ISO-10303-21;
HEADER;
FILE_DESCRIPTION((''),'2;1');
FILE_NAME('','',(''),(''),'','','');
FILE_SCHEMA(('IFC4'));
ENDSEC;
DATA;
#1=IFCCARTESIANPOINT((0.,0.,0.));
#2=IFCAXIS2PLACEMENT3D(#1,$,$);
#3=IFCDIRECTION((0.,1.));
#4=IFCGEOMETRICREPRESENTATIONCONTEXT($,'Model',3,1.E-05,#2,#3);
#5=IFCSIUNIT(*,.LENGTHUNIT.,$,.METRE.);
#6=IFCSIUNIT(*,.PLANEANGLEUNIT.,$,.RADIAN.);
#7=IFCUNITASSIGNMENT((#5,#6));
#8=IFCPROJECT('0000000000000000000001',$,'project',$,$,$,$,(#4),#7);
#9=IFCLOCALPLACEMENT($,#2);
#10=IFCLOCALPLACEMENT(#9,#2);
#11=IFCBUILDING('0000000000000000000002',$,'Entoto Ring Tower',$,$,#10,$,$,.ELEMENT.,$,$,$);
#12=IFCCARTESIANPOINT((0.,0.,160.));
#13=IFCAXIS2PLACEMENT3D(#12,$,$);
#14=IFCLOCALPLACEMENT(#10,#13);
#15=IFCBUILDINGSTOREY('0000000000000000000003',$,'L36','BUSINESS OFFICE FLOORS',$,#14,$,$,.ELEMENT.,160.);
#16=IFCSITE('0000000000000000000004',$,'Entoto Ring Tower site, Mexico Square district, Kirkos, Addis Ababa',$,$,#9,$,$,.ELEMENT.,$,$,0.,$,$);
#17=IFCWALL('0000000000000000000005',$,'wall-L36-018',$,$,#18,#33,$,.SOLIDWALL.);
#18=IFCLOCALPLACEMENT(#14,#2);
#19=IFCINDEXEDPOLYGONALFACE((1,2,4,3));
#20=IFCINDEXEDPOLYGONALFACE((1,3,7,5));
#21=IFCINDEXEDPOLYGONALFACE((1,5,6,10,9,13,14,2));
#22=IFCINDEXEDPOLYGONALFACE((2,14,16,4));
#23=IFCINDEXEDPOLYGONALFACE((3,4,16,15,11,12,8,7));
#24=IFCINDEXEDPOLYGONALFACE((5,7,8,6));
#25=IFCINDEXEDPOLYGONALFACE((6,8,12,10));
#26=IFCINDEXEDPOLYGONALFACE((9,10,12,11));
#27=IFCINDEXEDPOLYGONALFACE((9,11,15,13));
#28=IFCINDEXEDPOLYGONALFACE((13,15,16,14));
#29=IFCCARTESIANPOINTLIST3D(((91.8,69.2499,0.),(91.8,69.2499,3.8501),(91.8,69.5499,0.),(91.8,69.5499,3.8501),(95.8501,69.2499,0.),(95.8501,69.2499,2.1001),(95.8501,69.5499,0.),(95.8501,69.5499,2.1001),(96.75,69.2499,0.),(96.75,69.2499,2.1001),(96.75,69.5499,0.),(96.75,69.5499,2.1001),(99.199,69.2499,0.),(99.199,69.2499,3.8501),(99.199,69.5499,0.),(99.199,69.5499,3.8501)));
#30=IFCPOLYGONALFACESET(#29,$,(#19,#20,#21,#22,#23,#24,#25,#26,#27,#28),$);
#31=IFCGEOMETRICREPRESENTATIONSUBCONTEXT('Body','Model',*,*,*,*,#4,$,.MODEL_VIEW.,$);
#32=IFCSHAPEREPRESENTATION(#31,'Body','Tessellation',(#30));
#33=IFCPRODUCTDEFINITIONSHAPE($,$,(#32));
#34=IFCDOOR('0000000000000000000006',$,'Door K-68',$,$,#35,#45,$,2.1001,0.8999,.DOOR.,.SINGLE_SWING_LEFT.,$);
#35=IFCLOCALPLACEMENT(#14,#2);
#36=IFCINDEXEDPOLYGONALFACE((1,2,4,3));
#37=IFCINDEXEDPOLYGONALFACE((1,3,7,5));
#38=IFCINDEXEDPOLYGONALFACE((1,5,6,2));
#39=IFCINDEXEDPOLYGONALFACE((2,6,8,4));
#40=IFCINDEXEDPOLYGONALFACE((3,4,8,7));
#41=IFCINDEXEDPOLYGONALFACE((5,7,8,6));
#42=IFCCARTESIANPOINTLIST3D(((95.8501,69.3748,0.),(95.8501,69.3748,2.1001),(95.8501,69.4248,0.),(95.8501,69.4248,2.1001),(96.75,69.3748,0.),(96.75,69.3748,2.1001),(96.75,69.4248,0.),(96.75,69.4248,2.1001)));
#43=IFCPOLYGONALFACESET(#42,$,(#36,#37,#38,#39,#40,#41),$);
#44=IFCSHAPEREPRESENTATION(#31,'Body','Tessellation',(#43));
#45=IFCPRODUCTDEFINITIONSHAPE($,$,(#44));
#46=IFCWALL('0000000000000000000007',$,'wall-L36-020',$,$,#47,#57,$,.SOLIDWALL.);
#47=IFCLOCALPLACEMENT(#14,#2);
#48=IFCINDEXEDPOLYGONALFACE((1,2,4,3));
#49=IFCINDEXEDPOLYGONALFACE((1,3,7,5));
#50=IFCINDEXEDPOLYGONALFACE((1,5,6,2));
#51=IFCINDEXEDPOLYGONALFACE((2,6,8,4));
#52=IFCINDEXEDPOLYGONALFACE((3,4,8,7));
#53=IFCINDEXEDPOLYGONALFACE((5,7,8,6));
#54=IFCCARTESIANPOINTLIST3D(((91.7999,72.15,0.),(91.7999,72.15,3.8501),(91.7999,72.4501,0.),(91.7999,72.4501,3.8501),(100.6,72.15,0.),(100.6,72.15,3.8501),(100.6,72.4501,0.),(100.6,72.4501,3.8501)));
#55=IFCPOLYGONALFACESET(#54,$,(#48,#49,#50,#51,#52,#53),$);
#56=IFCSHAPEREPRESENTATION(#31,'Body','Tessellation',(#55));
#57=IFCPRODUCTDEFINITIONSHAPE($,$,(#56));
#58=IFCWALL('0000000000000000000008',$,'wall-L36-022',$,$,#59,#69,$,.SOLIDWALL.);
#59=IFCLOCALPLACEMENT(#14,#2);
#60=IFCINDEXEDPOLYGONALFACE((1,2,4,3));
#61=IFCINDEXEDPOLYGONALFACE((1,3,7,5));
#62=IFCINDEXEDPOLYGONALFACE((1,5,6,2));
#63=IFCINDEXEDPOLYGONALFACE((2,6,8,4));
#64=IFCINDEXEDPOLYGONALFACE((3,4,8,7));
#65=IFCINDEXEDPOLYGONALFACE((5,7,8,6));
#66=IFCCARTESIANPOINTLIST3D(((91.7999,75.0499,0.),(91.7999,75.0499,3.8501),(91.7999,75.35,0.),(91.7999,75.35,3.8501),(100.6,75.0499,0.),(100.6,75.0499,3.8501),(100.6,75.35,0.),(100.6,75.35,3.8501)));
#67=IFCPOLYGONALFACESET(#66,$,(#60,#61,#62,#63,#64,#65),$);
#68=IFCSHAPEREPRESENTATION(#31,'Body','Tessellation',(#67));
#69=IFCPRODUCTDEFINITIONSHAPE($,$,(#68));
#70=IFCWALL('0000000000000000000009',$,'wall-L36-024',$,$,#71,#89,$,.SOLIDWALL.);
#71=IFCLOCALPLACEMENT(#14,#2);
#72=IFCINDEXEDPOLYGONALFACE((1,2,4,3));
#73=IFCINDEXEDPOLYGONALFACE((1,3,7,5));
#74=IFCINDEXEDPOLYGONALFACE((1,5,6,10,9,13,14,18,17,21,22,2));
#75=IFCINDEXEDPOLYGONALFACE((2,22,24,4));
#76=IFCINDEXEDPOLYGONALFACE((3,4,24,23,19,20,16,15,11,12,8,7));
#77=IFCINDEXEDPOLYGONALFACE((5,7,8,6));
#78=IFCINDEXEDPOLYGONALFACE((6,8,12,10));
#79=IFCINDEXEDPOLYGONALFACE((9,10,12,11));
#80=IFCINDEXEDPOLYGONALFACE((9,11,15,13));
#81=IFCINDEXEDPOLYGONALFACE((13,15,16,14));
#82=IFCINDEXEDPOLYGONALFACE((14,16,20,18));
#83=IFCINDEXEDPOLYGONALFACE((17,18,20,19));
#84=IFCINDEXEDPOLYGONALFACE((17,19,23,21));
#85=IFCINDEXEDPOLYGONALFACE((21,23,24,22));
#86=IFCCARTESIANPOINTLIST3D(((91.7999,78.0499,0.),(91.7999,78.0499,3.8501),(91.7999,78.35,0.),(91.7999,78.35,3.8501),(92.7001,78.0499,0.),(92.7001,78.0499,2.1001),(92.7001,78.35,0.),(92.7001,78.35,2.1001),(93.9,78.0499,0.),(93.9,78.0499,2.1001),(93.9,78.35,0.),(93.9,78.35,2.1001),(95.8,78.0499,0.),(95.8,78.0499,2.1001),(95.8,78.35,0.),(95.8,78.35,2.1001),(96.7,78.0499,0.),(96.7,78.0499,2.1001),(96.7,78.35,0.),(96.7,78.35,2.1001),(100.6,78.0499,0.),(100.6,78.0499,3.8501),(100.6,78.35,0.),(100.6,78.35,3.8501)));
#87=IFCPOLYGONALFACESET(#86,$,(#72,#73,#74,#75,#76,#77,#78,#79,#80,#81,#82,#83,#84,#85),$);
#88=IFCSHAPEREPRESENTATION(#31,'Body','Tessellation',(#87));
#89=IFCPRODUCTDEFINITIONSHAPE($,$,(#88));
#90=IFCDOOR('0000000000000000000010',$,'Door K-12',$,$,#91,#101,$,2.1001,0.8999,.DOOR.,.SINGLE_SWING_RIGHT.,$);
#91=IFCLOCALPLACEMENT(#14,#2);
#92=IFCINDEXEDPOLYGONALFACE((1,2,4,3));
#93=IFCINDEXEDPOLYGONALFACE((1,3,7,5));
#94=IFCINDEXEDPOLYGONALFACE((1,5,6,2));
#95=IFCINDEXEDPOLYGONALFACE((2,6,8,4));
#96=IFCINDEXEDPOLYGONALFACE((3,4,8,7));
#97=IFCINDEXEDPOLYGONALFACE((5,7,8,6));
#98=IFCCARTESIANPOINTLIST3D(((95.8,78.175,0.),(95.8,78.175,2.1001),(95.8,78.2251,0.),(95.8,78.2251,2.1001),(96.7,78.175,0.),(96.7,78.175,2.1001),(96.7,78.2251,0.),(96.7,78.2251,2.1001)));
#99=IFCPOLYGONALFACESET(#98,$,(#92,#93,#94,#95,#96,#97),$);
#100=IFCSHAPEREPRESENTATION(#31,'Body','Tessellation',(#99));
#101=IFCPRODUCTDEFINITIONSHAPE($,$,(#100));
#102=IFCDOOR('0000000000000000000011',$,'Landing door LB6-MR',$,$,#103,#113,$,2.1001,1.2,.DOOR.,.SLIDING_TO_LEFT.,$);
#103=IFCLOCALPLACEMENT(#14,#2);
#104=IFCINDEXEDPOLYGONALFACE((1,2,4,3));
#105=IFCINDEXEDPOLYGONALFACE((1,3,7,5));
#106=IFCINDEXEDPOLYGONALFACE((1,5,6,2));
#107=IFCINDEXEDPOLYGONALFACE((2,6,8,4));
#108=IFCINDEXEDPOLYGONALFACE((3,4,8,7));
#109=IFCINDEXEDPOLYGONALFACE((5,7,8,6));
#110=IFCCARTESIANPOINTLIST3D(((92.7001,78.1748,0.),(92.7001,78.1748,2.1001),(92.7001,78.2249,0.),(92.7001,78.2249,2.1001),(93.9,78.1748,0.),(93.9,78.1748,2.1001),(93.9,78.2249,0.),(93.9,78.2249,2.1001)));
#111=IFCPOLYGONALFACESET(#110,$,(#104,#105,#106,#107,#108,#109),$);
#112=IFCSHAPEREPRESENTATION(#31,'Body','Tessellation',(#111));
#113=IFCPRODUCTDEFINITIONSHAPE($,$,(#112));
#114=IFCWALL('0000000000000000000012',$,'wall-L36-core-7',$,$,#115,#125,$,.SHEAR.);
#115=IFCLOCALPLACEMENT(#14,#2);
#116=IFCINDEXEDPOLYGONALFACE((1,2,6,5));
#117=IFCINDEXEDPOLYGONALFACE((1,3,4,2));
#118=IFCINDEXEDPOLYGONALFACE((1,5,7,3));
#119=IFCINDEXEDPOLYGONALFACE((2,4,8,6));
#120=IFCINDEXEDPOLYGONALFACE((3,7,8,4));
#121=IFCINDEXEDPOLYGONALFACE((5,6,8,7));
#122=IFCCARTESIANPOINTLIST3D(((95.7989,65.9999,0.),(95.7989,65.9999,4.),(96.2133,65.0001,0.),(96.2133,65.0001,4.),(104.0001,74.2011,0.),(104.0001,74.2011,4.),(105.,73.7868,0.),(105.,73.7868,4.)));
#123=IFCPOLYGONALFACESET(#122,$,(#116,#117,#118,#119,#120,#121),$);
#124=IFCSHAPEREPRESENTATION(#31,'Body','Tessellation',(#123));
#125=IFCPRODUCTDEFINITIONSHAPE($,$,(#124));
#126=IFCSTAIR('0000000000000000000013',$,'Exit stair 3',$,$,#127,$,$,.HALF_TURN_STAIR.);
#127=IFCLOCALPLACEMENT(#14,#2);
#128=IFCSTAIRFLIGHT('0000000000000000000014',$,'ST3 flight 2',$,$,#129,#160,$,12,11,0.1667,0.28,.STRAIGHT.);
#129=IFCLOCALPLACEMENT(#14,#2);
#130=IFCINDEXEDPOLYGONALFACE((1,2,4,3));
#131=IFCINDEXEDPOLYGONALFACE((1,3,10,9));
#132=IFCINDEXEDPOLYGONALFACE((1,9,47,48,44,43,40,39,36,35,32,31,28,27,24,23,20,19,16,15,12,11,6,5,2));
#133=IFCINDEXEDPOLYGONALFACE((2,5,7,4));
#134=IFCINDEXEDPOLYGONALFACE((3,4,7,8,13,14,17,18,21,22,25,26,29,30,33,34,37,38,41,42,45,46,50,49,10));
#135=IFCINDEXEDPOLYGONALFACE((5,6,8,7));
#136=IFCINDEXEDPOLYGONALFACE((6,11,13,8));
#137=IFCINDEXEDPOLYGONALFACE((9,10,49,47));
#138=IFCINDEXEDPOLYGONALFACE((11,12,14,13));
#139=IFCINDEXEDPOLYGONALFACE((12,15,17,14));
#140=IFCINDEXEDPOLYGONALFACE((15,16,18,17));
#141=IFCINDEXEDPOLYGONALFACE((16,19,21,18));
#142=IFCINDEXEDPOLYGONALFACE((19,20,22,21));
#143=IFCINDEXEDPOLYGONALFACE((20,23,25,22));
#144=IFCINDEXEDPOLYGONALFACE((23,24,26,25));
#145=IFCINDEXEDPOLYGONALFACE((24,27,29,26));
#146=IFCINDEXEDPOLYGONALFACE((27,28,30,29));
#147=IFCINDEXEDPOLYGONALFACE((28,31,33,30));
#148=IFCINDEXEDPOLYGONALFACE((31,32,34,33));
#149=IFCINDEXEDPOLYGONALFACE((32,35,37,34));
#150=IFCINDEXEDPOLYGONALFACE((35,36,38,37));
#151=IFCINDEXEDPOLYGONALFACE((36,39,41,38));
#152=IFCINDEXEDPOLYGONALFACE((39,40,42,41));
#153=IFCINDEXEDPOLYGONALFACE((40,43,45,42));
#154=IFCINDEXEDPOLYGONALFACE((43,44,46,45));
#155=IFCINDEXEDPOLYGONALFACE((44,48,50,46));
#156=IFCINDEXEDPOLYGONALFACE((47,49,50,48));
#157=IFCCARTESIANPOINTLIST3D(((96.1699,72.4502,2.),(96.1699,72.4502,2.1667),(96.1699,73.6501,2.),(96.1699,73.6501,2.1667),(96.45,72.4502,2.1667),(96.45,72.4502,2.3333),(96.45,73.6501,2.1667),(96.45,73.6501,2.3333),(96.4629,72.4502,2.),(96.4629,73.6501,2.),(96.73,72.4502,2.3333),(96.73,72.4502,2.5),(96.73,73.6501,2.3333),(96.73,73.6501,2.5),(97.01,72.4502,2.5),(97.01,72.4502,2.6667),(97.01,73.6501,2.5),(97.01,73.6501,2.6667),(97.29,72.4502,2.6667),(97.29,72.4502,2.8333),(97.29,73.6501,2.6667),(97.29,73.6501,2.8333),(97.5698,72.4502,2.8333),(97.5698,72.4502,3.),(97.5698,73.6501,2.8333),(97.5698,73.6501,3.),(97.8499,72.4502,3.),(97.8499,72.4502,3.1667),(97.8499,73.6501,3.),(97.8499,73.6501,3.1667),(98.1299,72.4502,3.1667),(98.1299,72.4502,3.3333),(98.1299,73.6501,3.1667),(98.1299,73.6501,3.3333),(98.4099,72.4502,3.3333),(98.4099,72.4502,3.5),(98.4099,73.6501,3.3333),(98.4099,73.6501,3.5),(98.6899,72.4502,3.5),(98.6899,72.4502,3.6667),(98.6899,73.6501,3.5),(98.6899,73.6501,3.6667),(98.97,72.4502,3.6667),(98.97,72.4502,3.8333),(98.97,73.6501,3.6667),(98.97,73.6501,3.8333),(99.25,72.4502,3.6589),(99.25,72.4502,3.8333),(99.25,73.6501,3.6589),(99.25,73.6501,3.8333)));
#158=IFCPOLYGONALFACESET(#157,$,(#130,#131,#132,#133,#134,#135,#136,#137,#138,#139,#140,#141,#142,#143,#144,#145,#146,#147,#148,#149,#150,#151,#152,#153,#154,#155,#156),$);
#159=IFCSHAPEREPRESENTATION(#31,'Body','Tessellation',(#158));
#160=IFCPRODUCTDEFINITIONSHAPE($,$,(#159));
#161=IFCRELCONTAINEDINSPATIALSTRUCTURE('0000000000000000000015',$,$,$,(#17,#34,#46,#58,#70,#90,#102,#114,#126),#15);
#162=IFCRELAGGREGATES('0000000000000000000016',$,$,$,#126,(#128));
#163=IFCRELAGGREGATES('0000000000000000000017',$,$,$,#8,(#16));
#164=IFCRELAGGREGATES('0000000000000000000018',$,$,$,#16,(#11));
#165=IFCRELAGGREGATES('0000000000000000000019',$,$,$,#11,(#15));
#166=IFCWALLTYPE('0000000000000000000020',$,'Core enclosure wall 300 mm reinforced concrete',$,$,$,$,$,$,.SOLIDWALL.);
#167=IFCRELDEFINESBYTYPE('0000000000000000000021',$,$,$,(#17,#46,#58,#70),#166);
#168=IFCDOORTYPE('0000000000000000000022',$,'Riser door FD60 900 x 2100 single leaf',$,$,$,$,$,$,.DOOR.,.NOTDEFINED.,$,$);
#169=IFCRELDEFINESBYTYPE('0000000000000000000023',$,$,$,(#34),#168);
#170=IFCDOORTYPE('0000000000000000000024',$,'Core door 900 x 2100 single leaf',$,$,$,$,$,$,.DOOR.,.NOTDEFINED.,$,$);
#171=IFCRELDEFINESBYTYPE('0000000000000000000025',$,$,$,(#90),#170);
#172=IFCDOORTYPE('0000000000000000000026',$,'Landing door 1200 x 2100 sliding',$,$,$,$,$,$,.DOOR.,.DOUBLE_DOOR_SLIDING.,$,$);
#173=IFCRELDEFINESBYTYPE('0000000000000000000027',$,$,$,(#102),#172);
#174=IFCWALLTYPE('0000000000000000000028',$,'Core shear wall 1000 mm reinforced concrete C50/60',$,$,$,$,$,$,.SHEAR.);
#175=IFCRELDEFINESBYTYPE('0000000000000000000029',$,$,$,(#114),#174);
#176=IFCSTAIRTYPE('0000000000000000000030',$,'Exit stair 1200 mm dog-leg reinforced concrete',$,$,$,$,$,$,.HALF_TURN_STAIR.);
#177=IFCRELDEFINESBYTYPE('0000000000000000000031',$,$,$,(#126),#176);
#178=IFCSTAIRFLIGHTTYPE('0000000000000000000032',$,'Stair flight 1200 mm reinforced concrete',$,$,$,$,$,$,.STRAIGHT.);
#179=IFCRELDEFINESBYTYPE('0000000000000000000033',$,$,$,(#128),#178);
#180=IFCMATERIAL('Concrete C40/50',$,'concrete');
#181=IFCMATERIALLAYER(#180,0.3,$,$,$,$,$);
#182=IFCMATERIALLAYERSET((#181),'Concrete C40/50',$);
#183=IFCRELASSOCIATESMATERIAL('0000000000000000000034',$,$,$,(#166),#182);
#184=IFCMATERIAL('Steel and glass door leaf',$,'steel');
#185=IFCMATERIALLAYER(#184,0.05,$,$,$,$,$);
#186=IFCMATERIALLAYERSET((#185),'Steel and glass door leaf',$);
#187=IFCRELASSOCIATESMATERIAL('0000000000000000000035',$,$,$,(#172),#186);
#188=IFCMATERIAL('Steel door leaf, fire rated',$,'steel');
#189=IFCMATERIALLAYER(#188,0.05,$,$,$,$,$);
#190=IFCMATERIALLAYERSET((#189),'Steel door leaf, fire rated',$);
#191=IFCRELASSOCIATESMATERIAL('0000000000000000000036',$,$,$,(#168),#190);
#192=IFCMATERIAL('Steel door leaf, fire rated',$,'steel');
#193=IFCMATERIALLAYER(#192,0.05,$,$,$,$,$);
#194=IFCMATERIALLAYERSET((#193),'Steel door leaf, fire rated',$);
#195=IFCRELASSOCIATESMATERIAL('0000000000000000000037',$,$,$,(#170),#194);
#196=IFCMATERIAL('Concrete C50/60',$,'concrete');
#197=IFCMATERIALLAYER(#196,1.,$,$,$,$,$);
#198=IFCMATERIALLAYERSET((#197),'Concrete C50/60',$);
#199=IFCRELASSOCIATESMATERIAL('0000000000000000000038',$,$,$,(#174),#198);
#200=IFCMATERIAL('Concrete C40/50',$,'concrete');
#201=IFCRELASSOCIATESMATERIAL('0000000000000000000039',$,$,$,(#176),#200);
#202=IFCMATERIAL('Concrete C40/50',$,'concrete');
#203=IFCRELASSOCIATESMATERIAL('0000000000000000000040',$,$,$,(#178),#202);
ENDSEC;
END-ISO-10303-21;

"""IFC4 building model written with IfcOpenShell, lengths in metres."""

from ifc_helpers import new_model, si_unit, direction, frame, frame_2d, origin, place, context, subcontext, project, spatial, polyline, rectangle, outline, extrude, material, layer, layer_set, type_object, element, fill, aggregate, save


model = new_model("IFC4")

# Units and contexts
model_context = context("Model", 3, precision=1e-05, world=origin(), true_north=direction((0.0, 1.0)))
body_context = subcontext(model_context, "Body", "Model", "MODEL_VIEW")
ifc_project = project(units=[si_unit("LENGTHUNIT", "METRE"), si_unit("PLANEANGLEUNIT", "RADIAN")], contexts=[model_context])

# Site, building, storey
site_placement = place(None, origin())
site = spatial("IfcSite", under=ifc_project, at=site_placement, Name="Entoto Ring Tower site, Mexico Square district, Kirkos, Addis Ababa", CompositionType="ELEMENT", RefElevation=0.0)
building_placement = place(site_placement, origin())
building = spatial("IfcBuilding", under=site, at=building_placement, Name="Entoto Ring Tower", CompositionType="ELEMENT")
storey_placement = place(building_placement, frame((0.0, 0.0, 160.0)))
storey = spatial("IfcBuildingStorey", under=building, at=storey_placement, Name="L36", Description="BUSINESS OFFICE FLOORS", CompositionType="ELEMENT", Elevation=160.0)

# Shared definitions
ifc_material_1 = material(Name="Concrete C40/50", Category="concrete")
ifc_layer_1 = layer(ifc_material_1, 0.3)
ifc_layer_set_1 = layer_set([ifc_layer_1], Name="Concrete C40/50")
wall_type_1 = type_object("IfcWallType", Name="Core enclosure wall 300 mm reinforced concrete", PredefinedType="SOLIDWALL", material=ifc_layer_set_1)

# Shared definitions
ifc_material_2 = material(Name="Steel and glass door leaf", Category="steel")
ifc_layer_2 = layer(ifc_material_2, 0.05)
ifc_layer_set_2 = layer_set([ifc_layer_2], Name="Steel and glass door leaf")
door_type_1 = type_object("IfcDoorType", Name="Landing door 1200 x 2100 sliding", OperationType="DOUBLE_DOOR_SLIDING", PredefinedType="DOOR", material=ifc_layer_set_2)

# Wall, opening, door
wall_1_placement = place(storey_placement, frame((91.8, 69.3999, 0.0), z_axis=(0.0, 0.0, 1.0), x_axis=(1.0, 0.0, 0.0)))
wall_1 = element("IfcWall", 1, at=wall_1_placement, inside=storey, type_object=wall_type_1, Name="wall-L36-018", PredefinedType="SOLIDWALL", context=body_context, shape_type="SweptSolid", body=[
    extrude(rectangle(XDim=7.3989, YDim=0.3, at=frame_2d((3.6995, 0.0))), origin(), (0.0, 0.0, 1.0), 3.8501),
])
opening_1_placement = place(wall_1_placement, frame((4.05, 0.0, 0.0)))
opening_1 = element("IfcOpeningElement", 2, at=opening_1_placement, cuts=wall_1, PredefinedType="OPENING", context=body_context, shape_type="SweptSolid", body=[
    extrude(rectangle(XDim=0.8999, YDim=2.1001, at=frame_2d((0.45, 1.05))), frame((0.0, 0.1602, 0.0), z_axis=(0.0, -1.0, 0.0), x_axis=(1.0, 0.0, 0.0)), (0.0, 0.0, 1.0), 0.3201),
])
ifc_material_3 = material(Name="Steel door leaf, fire rated", Category="steel")
ifc_layer_3 = layer(ifc_material_3, 0.05)
ifc_layer_set_3 = layer_set([ifc_layer_3], Name="Steel door leaf, fire rated")
door_type_2 = type_object("IfcDoorType", Name="Riser door FD60 900 x 2100 single leaf", OperationType="NOTDEFINED", PredefinedType="DOOR", material=ifc_layer_set_3)
door_1_placement = place(opening_1_placement, origin())
door_1 = element("IfcDoor", 3, at=door_1_placement, inside=storey, type_object=door_type_2, Name="Door K-68", OperationType="SINGLE_SWING_LEFT", OverallHeight=2.1001, OverallWidth=0.8999, PredefinedType="DOOR", context=body_context, shape_type="SweptSolid", body=[
    extrude(rectangle(XDim=0.8999, YDim=2.1001, at=frame_2d((0.45, 1.05))), frame((0.0, 0.0249, 0.0), z_axis=(0.0, -1.0, 0.0), x_axis=(1.0, 0.0, 0.0)), (0.0, 0.0, 1.0), 0.05),
])
fill(opening_1, door_1)

# Walls
for number, where, z_axis, x_axis, name in (
    (4, (91.8, 72.3, 0.0), (0.0, 0.0, 1.0), (1.0, 0.0, 0.0), "wall-L36-020"),
    (5, (91.8, 75.2, 0.0), (0.0, 0.0, 1.0), (1.0, 0.0, 0.0), "wall-L36-022"),
):
    element("IfcWall", number, at=place(storey_placement, frame(where, z_axis=z_axis, x_axis=x_axis)), inside=storey, type_object=wall_type_1, Name=name, PredefinedType="SOLIDWALL", context=body_context, shape_type="SweptSolid", body=[
        extrude(rectangle(XDim=8.8, YDim=0.3, at=frame_2d((4.3999, 0.0))), origin(), (0.0, 0.0, 1.0), 3.8501),
    ])

# Wall, openings, doors
wall_2_placement = place(storey_placement, frame((91.8, 78.2, 0.0), z_axis=(0.0, 0.0, 1.0), x_axis=(1.0, 0.0, 0.0)))
wall_2 = element("IfcWall", 6, at=wall_2_placement, inside=storey, type_object=wall_type_1, Name="wall-L36-024", PredefinedType="SOLIDWALL", context=body_context, shape_type="SweptSolid", body=[
    extrude(rectangle(XDim=8.8, YDim=0.3, at=frame_2d((4.3999, 0.0))), origin(), (0.0, 0.0, 1.0), 3.8501),
])
opening_2_placement = place(wall_2_placement, frame((0.8999, 0.0, 0.0)))
opening_2 = element("IfcOpeningElement", 7, at=opening_2_placement, cuts=wall_2, PredefinedType="OPENING", context=body_context, shape_type="SweptSolid", body=[
    extrude(rectangle(XDim=1.2, YDim=2.1001, at=frame_2d((0.6001, 1.05))), frame((0.0, 0.1602, 0.0), z_axis=(0.0, -1.0, 0.0), x_axis=(1.0, 0.0, 0.0)), (0.0, 0.0, 1.0), 0.3201),
])
opening_3_placement = place(wall_2_placement, frame((4.0, 0.0, 0.0)))
opening_3 = element("IfcOpeningElement", 8, at=opening_3_placement, cuts=wall_2, PredefinedType="OPENING", context=body_context, shape_type="SweptSolid", body=[
    extrude(rectangle(XDim=0.8999, YDim=2.1001, at=frame_2d((0.45, 1.05))), frame((0.0, 0.1602, 0.0), z_axis=(0.0, -1.0, 0.0), x_axis=(1.0, 0.0, 0.0)), (0.0, 0.0, 1.0), 0.3201),
])
ifc_material_4 = material(Name="Steel door leaf, fire rated", Category="steel")
ifc_layer_4 = layer(ifc_material_4, 0.05)
ifc_layer_set_4 = layer_set([ifc_layer_4], Name="Steel door leaf, fire rated")
door_type_3 = type_object("IfcDoorType", Name="Core door 900 x 2100 single leaf", OperationType="NOTDEFINED", PredefinedType="DOOR", material=ifc_layer_set_4)
door_2_placement = place(opening_3_placement, frame((0.8999, 0.0, 0.0), z_axis=(0.0, 0.0, 1.0), x_axis=(-1.0, 0.0, 0.0)))
door_2 = element("IfcDoor", 9, at=door_2_placement, inside=storey, type_object=door_type_3, Name="Door K-12", OperationType="SINGLE_SWING_RIGHT", OverallHeight=2.1001, OverallWidth=0.8999, PredefinedType="DOOR", context=body_context, shape_type="SweptSolid", body=[
    extrude(rectangle(XDim=0.8999, YDim=2.1001, at=frame_2d((0.45, 1.05))), frame((0.0, 0.0249, 0.0), z_axis=(0.0, -1.0, 0.0), x_axis=(1.0, 0.0, 0.0)), (0.0, 0.0, 1.0), 0.05),
])
fill(opening_3, door_2)
door_3_placement = place(opening_2_placement, origin())
door_3 = element("IfcDoor", 10, at=door_3_placement, inside=storey, type_object=door_type_1, Name="Landing door LB6-MR", OperationType="SLIDING_TO_LEFT", OverallHeight=2.1001, OverallWidth=1.2, PredefinedType="DOOR", context=body_context, shape_type="SweptSolid", body=[
    extrude(rectangle(XDim=1.2, YDim=2.1001, at=frame_2d((0.6001, 1.05))), frame((0.0, 0.0249, 0.0), z_axis=(0.0, -1.0, 0.0), x_axis=(1.0, 0.0, 0.0)), (0.0, 0.0, 1.0), 0.05),
])
fill(opening_2, door_3)

# Wall
ifc_material_5 = material(Name="Concrete C50/60", Category="concrete")
ifc_layer_5 = layer(ifc_material_5, 1.0)
ifc_layer_set_5 = layer_set([ifc_layer_5], Name="Concrete C50/60")
wall_type_2 = type_object("IfcWallType", Name="Core shear wall 1000 mm reinforced concrete C50/60", PredefinedType="SHEAR", material=ifc_layer_set_5)
wall_3_placement = place(storey_placement, frame((96.0061, 65.5, 0.0), z_axis=(0.0, 0.0, 1.0), x_axis=(0.707107, 0.707107, 0.0)))
element("IfcWall", 11, at=wall_3_placement, inside=storey, type_object=wall_type_2, Name="wall-L36-core-7", PredefinedType="SHEAR", context=body_context, shape_type="SweptSolid", body=[
    extrude(outline(polyline([(-0.207, -0.5), (12.2192, -0.5), (11.8052, 0.5), (0.207, 0.5), (-0.207, -0.5)])), origin(), (0.0, 0.0, 1.0), 4.0),
])

# Stair, stair flight
ifc_material_6 = material(Name="Concrete C40/50", Category="concrete")
stair_type = type_object("IfcStairType", Name="Exit stair 1200 mm dog-leg reinforced concrete", PredefinedType="HALF_TURN_STAIR", material=ifc_material_6)
stair_placement = place(storey_placement, origin())
stair = element("IfcStair", 12, at=stair_placement, inside=storey, type_object=stair_type, Name="Exit stair 3", PredefinedType="HALF_TURN_STAIR")
ifc_material_7 = material(Name="Concrete C40/50", Category="concrete")
stair_flight_type = type_object("IfcStairFlightType", Name="Stair flight 1200 mm reinforced concrete", PredefinedType="STRAIGHT", material=ifc_material_7)
stair_flight_placement = place(storey_placement, frame((96.1699, 73.05, 2.0), z_axis=(0.0, 0.0, 1.0), x_axis=(1.0, 0.0, 0.0)))
stair_flight = element("IfcStairFlight", 13, at=stair_flight_placement, type_object=stair_flight_type, Name="ST3 flight 2", NumberOfRisers=12, NumberOfTreads=11, PredefinedType="STRAIGHT", RiserHeight=0.1667, TreadLength=0.28, context=body_context, shape_type="SweptSolid", body=[
    extrude(outline(polyline([(0.0, 0.0), (0.0, 0.1667), (0.28, 0.1667), (0.28, 0.3333), (0.5601, 0.3333), (0.5601, 0.5), (0.8401, 0.5), (0.8401, 0.6667), (1.1201, 0.6667), (1.1201, 0.8333), (1.3999, 0.8333), (1.3999, 1.0), (1.6799, 1.0), (1.6799, 1.1667), (1.96, 1.1667), (1.96, 1.3333), (2.24, 1.3333), (2.24, 1.5), (2.52, 1.5), (2.52, 1.6667), (2.8, 1.6667), (2.8, 1.8333), (3.0801, 1.8333), (3.0801, 2.0), (3.0801, 1.6589), (0.293, 0.0), (0.0, 0.0)])), frame((0.0, 0.6001, 0.0), z_axis=(0.0, -1.0, 0.0), x_axis=(1.0, 0.0, 0.0)), (0.0, 0.0, 1.0), 1.2),
])
aggregate(stair, [stair_flight])

save(model, "model.ifc")
